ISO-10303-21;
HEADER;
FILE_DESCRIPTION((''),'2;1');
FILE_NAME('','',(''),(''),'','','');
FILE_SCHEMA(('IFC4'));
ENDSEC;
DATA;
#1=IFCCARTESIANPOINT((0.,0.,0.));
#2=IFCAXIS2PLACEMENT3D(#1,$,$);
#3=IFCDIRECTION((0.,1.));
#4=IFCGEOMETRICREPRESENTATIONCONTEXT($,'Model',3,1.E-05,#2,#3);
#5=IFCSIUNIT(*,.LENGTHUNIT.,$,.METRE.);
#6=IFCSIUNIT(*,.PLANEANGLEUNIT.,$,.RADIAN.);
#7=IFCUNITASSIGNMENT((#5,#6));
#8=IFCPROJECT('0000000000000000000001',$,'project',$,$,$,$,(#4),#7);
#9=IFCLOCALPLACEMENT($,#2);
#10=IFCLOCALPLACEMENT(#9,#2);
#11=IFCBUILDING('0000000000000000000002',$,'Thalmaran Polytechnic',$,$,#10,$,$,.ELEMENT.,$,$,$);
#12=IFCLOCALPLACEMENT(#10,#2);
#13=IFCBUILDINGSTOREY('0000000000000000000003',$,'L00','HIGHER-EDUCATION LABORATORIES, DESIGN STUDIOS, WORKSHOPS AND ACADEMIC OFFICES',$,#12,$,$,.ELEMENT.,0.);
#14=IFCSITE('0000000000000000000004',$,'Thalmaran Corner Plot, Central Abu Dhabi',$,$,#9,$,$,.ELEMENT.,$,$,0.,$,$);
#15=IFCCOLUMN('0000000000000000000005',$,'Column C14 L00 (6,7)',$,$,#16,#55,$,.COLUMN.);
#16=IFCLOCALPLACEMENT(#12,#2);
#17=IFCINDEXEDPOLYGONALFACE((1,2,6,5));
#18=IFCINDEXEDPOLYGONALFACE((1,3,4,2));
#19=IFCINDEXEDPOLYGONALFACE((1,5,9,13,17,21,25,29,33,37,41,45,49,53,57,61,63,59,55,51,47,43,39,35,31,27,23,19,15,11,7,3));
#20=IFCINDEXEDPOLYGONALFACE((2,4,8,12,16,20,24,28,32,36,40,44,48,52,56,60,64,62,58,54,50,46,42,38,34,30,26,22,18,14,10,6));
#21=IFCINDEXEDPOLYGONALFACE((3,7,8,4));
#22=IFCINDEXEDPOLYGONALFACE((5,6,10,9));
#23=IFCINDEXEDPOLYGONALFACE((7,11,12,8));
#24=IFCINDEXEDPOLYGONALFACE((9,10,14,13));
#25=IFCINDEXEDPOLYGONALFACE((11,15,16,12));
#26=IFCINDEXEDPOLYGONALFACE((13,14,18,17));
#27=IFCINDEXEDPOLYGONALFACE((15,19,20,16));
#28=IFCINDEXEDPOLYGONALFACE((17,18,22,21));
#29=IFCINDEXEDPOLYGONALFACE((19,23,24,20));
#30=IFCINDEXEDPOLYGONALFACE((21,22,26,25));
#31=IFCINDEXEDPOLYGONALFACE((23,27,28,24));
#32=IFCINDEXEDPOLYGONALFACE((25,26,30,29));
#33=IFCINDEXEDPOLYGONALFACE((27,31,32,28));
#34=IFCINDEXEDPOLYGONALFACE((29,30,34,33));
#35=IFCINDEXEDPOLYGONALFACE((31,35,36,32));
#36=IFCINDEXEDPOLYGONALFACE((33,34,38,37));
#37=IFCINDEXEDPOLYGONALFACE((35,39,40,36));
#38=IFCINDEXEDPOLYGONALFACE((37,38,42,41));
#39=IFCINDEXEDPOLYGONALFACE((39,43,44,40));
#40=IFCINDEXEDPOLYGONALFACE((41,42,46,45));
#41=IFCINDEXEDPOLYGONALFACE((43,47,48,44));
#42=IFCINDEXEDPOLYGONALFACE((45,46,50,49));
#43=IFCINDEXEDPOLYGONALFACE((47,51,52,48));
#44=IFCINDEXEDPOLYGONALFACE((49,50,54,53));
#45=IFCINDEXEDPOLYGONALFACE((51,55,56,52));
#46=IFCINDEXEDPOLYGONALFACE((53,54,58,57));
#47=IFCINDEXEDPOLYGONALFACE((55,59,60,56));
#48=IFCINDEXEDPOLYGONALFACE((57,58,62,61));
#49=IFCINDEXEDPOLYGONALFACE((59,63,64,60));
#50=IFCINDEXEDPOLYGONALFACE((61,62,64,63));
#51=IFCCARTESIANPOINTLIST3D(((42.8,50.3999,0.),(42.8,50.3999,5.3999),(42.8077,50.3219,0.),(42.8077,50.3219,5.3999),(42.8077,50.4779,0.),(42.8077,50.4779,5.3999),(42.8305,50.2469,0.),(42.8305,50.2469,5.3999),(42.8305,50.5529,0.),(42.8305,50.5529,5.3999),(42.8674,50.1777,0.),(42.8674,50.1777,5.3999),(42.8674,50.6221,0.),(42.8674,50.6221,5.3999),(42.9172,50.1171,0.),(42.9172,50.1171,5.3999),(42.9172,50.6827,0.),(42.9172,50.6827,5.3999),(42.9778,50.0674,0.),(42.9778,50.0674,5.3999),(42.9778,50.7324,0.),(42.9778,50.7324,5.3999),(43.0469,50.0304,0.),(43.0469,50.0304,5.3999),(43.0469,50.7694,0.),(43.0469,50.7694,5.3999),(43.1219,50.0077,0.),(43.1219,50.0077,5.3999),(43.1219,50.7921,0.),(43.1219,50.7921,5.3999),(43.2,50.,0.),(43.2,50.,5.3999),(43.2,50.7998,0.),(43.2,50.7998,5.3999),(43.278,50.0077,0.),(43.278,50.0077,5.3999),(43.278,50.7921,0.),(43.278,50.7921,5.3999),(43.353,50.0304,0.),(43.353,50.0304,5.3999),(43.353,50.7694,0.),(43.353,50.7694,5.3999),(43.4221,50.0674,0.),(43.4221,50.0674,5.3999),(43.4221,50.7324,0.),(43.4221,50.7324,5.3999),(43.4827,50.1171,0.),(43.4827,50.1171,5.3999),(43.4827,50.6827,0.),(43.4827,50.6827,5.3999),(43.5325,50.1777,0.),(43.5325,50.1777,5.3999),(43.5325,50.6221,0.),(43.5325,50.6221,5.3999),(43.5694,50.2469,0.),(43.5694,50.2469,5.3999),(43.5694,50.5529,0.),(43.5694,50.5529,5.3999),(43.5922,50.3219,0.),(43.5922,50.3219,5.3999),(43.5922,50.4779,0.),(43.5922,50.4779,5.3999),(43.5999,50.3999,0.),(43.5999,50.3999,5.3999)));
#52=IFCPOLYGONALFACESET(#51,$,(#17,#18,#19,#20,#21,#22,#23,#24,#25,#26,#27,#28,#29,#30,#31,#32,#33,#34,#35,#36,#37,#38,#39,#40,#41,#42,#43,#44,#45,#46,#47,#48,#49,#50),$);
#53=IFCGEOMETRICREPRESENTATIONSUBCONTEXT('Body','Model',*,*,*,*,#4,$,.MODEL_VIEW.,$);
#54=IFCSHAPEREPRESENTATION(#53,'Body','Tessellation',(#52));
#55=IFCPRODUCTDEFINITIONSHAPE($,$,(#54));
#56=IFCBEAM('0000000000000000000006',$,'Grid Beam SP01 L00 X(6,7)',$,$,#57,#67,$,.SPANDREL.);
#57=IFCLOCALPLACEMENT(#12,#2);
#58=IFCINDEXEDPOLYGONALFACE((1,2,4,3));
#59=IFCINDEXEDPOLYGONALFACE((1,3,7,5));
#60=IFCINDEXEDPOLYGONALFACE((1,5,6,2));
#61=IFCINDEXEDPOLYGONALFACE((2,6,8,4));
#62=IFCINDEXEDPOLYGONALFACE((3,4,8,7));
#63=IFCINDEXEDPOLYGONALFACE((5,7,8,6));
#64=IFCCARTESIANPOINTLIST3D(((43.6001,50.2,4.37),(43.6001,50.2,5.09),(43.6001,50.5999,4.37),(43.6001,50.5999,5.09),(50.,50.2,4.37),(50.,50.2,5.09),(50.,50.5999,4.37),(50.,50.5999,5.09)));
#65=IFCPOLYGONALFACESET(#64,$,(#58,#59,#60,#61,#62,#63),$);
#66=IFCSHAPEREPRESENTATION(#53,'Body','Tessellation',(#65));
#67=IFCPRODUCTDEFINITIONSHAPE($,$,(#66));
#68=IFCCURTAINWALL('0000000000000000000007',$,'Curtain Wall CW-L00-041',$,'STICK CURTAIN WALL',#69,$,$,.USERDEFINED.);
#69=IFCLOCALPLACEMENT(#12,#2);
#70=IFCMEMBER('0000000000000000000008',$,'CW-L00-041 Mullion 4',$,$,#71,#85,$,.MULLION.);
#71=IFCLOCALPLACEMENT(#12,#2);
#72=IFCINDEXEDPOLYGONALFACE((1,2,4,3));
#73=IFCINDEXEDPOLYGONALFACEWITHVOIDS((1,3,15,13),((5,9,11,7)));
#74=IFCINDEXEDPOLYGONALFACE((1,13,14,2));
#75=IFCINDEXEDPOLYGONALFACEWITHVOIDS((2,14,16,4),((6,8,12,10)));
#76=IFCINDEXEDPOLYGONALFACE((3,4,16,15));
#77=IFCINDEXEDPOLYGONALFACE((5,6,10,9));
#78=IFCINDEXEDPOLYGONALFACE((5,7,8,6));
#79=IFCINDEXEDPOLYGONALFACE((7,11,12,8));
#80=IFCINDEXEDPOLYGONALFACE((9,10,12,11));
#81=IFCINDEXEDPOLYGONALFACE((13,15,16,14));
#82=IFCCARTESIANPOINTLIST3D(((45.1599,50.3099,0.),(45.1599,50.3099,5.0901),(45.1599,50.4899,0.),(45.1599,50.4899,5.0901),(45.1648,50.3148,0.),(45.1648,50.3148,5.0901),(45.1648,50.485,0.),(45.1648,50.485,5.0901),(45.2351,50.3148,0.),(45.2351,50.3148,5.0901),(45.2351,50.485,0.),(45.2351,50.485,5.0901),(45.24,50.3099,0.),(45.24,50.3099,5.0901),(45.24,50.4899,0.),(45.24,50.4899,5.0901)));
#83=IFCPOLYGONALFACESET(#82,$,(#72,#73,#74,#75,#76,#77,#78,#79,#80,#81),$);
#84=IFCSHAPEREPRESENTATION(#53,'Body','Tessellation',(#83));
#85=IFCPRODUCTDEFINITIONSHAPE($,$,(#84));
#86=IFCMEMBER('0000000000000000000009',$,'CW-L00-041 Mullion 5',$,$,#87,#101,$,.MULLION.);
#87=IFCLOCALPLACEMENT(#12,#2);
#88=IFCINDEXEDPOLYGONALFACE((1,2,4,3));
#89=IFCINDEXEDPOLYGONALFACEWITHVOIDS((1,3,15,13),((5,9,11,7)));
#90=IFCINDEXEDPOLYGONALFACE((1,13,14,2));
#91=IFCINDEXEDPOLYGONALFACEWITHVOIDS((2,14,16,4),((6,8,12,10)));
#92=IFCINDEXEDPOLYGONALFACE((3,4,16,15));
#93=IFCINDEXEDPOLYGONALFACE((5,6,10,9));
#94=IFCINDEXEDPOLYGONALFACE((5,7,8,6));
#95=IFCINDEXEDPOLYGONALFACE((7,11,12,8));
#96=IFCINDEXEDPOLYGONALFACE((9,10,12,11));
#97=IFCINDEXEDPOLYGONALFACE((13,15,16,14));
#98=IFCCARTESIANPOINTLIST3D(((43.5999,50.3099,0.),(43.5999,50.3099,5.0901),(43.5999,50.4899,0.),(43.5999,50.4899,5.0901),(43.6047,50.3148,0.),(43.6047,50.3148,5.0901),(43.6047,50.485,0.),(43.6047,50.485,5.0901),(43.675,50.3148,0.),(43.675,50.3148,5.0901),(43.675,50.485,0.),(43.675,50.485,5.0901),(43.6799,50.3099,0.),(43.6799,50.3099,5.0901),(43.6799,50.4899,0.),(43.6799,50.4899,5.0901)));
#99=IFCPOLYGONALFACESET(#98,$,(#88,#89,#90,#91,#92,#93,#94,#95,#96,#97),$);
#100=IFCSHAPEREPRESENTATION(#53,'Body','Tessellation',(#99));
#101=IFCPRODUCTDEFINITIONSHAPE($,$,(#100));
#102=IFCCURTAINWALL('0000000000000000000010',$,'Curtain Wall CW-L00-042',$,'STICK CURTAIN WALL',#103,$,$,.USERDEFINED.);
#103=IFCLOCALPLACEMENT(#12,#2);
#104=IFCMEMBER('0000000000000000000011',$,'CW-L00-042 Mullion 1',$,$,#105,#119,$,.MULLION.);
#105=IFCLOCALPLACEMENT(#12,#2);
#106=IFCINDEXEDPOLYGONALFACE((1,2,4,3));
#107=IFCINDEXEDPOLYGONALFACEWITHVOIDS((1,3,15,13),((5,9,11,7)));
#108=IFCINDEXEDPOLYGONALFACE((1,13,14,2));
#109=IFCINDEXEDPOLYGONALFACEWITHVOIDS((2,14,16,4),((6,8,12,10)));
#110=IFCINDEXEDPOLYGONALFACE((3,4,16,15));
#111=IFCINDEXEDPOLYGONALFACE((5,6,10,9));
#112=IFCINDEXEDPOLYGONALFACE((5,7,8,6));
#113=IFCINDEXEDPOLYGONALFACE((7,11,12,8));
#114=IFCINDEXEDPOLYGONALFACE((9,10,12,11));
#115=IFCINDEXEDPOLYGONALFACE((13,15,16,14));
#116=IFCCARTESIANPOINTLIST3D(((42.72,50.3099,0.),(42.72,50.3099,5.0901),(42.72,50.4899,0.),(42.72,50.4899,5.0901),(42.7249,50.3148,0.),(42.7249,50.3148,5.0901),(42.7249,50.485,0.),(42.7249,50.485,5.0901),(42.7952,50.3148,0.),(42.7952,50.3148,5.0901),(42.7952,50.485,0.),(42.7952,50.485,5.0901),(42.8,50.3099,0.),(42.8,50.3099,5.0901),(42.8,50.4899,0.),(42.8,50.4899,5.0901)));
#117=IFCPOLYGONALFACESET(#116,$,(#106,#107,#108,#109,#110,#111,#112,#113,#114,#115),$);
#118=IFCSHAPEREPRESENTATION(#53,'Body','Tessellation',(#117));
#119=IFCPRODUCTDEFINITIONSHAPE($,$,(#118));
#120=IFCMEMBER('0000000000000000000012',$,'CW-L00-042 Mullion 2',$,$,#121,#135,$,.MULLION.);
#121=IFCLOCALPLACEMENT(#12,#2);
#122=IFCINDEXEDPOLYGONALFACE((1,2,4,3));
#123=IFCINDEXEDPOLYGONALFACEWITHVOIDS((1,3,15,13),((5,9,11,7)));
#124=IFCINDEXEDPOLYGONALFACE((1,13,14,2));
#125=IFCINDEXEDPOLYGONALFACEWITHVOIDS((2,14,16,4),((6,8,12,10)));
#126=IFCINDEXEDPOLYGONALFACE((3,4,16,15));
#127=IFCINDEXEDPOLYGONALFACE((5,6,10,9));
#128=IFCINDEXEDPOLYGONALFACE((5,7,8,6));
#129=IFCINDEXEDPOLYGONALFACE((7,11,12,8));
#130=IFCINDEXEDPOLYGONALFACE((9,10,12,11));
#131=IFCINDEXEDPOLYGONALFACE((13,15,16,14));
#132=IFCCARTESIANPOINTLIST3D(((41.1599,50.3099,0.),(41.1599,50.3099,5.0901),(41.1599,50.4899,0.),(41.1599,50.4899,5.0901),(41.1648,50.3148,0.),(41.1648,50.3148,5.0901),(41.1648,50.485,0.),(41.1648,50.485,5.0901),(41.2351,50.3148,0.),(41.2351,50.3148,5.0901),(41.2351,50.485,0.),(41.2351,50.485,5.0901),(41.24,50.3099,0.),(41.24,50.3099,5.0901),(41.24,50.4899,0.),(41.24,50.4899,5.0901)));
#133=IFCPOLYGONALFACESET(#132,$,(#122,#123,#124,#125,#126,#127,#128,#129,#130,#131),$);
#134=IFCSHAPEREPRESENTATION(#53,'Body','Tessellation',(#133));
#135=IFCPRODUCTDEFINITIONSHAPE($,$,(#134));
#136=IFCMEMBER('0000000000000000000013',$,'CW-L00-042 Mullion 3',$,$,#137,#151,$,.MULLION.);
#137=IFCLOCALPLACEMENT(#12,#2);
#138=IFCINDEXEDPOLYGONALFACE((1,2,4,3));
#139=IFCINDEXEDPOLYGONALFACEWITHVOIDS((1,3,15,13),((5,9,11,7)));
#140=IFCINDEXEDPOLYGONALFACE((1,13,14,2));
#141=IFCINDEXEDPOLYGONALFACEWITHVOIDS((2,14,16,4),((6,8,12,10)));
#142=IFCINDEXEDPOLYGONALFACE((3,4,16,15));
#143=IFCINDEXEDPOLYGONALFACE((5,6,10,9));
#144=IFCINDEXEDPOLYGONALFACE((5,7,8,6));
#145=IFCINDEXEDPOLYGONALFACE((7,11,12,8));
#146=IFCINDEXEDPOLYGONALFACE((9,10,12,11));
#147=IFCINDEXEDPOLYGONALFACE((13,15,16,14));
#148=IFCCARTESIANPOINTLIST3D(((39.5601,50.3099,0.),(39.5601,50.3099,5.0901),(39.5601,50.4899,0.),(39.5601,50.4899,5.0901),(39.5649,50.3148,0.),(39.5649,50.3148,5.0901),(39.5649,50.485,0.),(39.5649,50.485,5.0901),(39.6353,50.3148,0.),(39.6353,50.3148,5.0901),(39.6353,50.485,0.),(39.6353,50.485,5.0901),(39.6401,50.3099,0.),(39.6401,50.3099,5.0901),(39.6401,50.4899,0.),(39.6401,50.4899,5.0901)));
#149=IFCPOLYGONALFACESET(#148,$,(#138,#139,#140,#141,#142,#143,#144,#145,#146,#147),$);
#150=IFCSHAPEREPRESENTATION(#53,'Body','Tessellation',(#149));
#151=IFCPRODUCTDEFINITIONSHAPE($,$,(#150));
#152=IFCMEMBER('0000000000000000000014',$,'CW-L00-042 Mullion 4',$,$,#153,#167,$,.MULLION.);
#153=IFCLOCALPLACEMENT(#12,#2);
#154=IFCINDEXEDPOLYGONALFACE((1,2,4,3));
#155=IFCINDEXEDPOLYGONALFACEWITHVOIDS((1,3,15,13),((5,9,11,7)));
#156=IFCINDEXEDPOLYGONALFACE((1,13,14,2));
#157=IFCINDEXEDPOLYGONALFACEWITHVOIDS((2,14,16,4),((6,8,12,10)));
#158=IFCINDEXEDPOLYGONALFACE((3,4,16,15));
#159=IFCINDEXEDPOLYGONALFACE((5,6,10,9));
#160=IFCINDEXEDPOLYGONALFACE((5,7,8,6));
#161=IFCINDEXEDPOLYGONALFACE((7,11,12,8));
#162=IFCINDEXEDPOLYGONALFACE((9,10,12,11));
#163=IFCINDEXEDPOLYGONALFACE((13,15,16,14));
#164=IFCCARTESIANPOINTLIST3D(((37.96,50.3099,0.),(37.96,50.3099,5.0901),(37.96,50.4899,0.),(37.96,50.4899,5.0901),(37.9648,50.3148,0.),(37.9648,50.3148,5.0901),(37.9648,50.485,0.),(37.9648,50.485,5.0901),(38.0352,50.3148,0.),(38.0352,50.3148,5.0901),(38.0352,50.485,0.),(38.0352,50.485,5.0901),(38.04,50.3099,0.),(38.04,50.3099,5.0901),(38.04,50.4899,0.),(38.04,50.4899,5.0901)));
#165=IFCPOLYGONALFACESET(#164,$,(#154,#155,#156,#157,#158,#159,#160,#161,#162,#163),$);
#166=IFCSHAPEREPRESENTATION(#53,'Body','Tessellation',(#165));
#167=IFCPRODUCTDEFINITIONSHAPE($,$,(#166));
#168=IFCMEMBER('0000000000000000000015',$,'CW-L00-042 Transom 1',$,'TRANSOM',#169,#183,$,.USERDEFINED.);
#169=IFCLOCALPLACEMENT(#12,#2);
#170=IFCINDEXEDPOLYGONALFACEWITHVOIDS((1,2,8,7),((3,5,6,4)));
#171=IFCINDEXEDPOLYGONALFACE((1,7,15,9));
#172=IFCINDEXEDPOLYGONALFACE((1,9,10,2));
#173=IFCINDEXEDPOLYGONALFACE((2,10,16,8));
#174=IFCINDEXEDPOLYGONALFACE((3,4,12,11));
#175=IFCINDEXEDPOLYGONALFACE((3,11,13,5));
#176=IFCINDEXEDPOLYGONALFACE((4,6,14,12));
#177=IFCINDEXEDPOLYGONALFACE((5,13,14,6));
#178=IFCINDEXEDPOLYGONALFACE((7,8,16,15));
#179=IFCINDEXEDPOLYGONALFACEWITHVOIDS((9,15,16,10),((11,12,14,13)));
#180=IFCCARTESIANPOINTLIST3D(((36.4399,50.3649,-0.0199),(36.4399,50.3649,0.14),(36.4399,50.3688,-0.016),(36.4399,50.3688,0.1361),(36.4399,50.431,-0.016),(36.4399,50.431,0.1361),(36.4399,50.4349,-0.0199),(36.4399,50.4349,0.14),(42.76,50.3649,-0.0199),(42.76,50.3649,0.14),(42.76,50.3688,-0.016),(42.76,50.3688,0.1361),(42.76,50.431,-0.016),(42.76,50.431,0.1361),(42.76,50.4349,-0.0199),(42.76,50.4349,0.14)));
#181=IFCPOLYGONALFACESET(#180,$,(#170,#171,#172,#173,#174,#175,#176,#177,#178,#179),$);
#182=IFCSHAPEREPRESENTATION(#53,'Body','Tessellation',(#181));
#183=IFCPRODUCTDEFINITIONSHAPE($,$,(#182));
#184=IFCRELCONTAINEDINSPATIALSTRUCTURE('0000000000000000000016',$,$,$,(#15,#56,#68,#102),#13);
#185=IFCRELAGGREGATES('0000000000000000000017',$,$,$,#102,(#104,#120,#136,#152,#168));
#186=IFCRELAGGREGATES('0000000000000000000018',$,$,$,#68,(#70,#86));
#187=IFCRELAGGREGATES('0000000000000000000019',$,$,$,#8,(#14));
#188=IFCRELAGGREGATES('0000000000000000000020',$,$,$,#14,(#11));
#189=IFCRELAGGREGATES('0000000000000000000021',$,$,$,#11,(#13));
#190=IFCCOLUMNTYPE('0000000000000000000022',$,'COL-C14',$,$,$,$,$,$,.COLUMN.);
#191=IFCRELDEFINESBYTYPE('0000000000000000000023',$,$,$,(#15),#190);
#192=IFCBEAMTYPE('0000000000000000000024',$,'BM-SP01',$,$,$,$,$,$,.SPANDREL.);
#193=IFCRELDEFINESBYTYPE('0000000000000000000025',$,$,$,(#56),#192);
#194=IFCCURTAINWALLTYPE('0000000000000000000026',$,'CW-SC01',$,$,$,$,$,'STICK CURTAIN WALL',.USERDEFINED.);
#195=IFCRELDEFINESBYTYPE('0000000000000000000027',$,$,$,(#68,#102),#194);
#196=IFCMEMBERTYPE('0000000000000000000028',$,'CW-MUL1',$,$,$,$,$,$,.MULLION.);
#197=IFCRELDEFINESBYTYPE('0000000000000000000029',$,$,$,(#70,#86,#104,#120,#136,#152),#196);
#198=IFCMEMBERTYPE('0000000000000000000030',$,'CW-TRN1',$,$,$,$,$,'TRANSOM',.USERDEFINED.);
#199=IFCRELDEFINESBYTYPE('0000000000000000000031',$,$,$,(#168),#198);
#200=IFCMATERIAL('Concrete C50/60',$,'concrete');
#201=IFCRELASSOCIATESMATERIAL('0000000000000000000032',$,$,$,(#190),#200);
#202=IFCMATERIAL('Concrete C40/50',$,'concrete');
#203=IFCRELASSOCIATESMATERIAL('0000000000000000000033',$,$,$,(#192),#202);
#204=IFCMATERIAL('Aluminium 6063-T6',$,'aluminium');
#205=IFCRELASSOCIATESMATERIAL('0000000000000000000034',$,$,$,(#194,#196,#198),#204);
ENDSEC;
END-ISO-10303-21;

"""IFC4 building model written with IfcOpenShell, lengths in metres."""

from ifc_helpers import new_model, si_unit, direction, frame, origin, origin_2d, place, context, subcontext, project, spatial, rectangle, hollow_rectangle, circle, extrude, material, material_profile, profile_set, type_object, element, aggregate, save


model = new_model("IFC4")

# Units and contexts
model_context = context("Model", 3, precision=1e-05, world=origin(), true_north=direction((0.0, 1.0)))
body_context = subcontext(model_context, "Body", "Model", "MODEL_VIEW")
ifc_project = project(units=[si_unit("LENGTHUNIT", "METRE"), si_unit("PLANEANGLEUNIT", "RADIAN")], contexts=[model_context])

# Site, building, storey
site_placement = place(None, origin())
site = spatial("IfcSite", under=ifc_project, at=site_placement, Name="Thalmaran Corner Plot, Central Abu Dhabi", CompositionType="ELEMENT", RefElevation=0.0)
building_placement = place(site_placement, origin())
building = spatial("IfcBuilding", under=site, at=building_placement, Name="Thalmaran Polytechnic", CompositionType="ELEMENT")
storey_placement = place(building_placement, origin())
storey = spatial("IfcBuildingStorey", under=building, at=storey_placement, Name="L00", Description="HIGHER-EDUCATION LABORATORIES, DESIGN STUDIOS, WORKSHOPS AND ACADEMIC OFFICES", CompositionType="ELEMENT", Elevation=0.0)

# Column
ifc_material_1 = material(Name="Concrete C50/60", Category="concrete")
ifc_material_profile_1 = material_profile(ifc_material_1, circle(Radius=0.3999, at=origin_2d()), Name="RC 800 DIA")
ifc_profile_set_1 = profile_set([ifc_material_profile_1], Name="Concrete C50/60")
column_type = type_object("IfcColumnType", Name="COL-C14", PredefinedType="COLUMN", material=ifc_profile_set_1)
column_placement = place(storey_placement, frame((43.2, 50.3999, 0.0), z_axis=(0.0, 0.0, 1.0), x_axis=(1.0, 0.0, 0.0)))
element("IfcColumn", 1, at=column_placement, inside=storey, type_object=column_type, Name="Column C14 L00 (6,7)", PredefinedType="COLUMN", context=body_context, shape_type="SweptSolid", body=[
    extrude(circle(Radius=0.3999, at=origin_2d()), origin(), (0.0, 0.0, 1.0), 5.3999),
])

# Beam
ifc_material_2 = material(Name="Concrete C40/50", Category="concrete")
ifc_material_profile_2 = material_profile(ifc_material_2, rectangle(XDim=0.3999, YDim=0.72, at=origin_2d()), Name="RC 400x720")
ifc_profile_set_2 = profile_set([ifc_material_profile_2], Name="Concrete C40/50")
beam_type = type_object("IfcBeamType", Name="BM-SP01", PredefinedType="SPANDREL", material=ifc_profile_set_2)
beam_placement = place(storey_placement, frame((43.6001, 50.3999, 4.73), z_axis=(1.0, 0.0, 0.0), x_axis=(0.0, 1.0, 0.0)))
element("IfcBeam", 2, at=beam_placement, inside=storey, type_object=beam_type, Name="Grid Beam SP01 L00 X(6,7)", PredefinedType="SPANDREL", context=body_context, shape_type="SweptSolid", body=[
    extrude(rectangle(XDim=0.3999, YDim=0.72, at=origin_2d()), origin(), (0.0, 0.0, 1.0), 6.3999),
])

# Curtain walls, members
ifc_material_3 = material(Name="Aluminium 6063-T6", Category="aluminium")
curtain_wall_type = type_object("IfcCurtainWallType", Name="CW-SC01", ElementType="STICK CURTAIN WALL", PredefinedType="USERDEFINED", material=ifc_material_3)
curtain_wall_1_placement = place(storey_placement, origin())
curtain_wall_1 = element("IfcCurtainWall", 3, at=curtain_wall_1_placement, inside=storey, type_object=curtain_wall_type, Name="Curtain Wall CW-L00-041", ObjectType="STICK CURTAIN WALL", PredefinedType="USERDEFINED")
ifc_material_profile_3 = material_profile(ifc_material_3, hollow_rectangle(XDim=0.0801, YDim=0.1799, WallThickness=0.0049, at=origin_2d()), Name="RHS 180x80x5.0")
ifc_profile_set_3 = profile_set([ifc_material_profile_3], Name="Aluminium 6063-T6")
member_type_1 = type_object("IfcMemberType", Name="CW-MUL1", PredefinedType="MULLION", material=ifc_profile_set_3)
member_1_placement = place(storey_placement, frame((45.2, 50.3999, 0.0), z_axis=(0.0, 0.0, 1.0), x_axis=(1.0, 0.0, 0.0)))
member_1 = element("IfcMember", 4, at=member_1_placement, type_object=member_type_1, Name="CW-L00-041 Mullion 4", PredefinedType="MULLION", context=body_context, shape_type="SweptSolid", body=[
    extrude(hollow_rectangle(XDim=0.0801, YDim=0.1799, WallThickness=0.0049, at=origin_2d()), origin(), (0.0, 0.0, 1.0), 5.0901),
])
member_2_placement = place(storey_placement, frame((43.6399, 50.3999, 0.0), z_axis=(0.0, 0.0, 1.0), x_axis=(1.0, 0.0, 0.0)))
member_2 = element("IfcMember", 5, at=member_2_placement, type_object=member_type_1, Name="CW-L00-041 Mullion 5", PredefinedType="MULLION", context=body_context, shape_type="SweptSolid", body=[
    extrude(hollow_rectangle(XDim=0.0801, YDim=0.1799, WallThickness=0.0049, at=origin_2d()), origin(), (0.0, 0.0, 1.0), 5.0901),
])
curtain_wall_2_placement = place(storey_placement, origin())
curtain_wall_2 = element("IfcCurtainWall", 6, at=curtain_wall_2_placement, inside=storey, type_object=curtain_wall_type, Name="Curtain Wall CW-L00-042", ObjectType="STICK CURTAIN WALL", PredefinedType="USERDEFINED")
member_3_placement = place(storey_placement, frame((42.76, 50.3999, 0.0), z_axis=(0.0, 0.0, 1.0), x_axis=(1.0, 0.0, 0.0)))
member_3 = element("IfcMember", 7, at=member_3_placement, type_object=member_type_1, Name="CW-L00-042 Mullion 1", PredefinedType="MULLION", context=body_context, shape_type="SweptSolid", body=[
    extrude(hollow_rectangle(XDim=0.0801, YDim=0.1799, WallThickness=0.0049, at=origin_2d()), origin(), (0.0, 0.0, 1.0), 5.0901),
])
member_4_placement = place(storey_placement, frame((41.2, 50.3999, 0.0), z_axis=(0.0, 0.0, 1.0), x_axis=(1.0, 0.0, 0.0)))
member_4 = element("IfcMember", 8, at=member_4_placement, type_object=member_type_1, Name="CW-L00-042 Mullion 2", PredefinedType="MULLION", context=body_context, shape_type="SweptSolid", body=[
    extrude(hollow_rectangle(XDim=0.0801, YDim=0.1799, WallThickness=0.0049, at=origin_2d()), origin(), (0.0, 0.0, 1.0), 5.0901),
])
member_5_placement = place(storey_placement, frame((39.6001, 50.3999, 0.0), z_axis=(0.0, 0.0, 1.0), x_axis=(1.0, 0.0, 0.0)))
member_5 = element("IfcMember", 9, at=member_5_placement, type_object=member_type_1, Name="CW-L00-042 Mullion 3", PredefinedType="MULLION", context=body_context, shape_type="SweptSolid", body=[
    extrude(hollow_rectangle(XDim=0.0801, YDim=0.1799, WallThickness=0.0049, at=origin_2d()), origin(), (0.0, 0.0, 1.0), 5.0901),
])
member_6_placement = place(storey_placement, frame((38.0, 50.3999, 0.0), z_axis=(0.0, 0.0, 1.0), x_axis=(1.0, 0.0, 0.0)))
member_6 = element("IfcMember", 10, at=member_6_placement, type_object=member_type_1, Name="CW-L00-042 Mullion 4", PredefinedType="MULLION", context=body_context, shape_type="SweptSolid", body=[
    extrude(hollow_rectangle(XDim=0.0801, YDim=0.1799, WallThickness=0.0049, at=origin_2d()), origin(), (0.0, 0.0, 1.0), 5.0901),
])
ifc_material_profile_4 = material_profile(ifc_material_3, hollow_rectangle(XDim=0.0701, YDim=0.1599, WallThickness=0.0039, at=origin_2d()), Name="AL 160x70x4.0")
ifc_profile_set_4 = profile_set([ifc_material_profile_4], Name="Aluminium 6063-T6")
member_type_2 = type_object("IfcMemberType", Name="CW-TRN1", ElementType="TRANSOM", PredefinedType="USERDEFINED", material=ifc_profile_set_4)
member_7_placement = place(storey_placement, frame((42.76, 50.3999, 0.0601), z_axis=(-1.0, 0.0, 0.0), x_axis=(0.0, -1.0, 0.0)))
member_7 = element("IfcMember", 11, at=member_7_placement, type_object=member_type_2, Name="CW-L00-042 Transom 1", ObjectType="TRANSOM", PredefinedType="USERDEFINED", context=body_context, shape_type="SweptSolid", body=[
    extrude(hollow_rectangle(XDim=0.0701, YDim=0.1599, WallThickness=0.0039, at=origin_2d()), origin(), (0.0, 0.0, 1.0), 6.3201),
])

aggregate(curtain_wall_2, [member_3, member_4, member_5, member_6, member_7])
aggregate(curtain_wall_1, [member_1, member_2])

save(model, "model.ifc")
